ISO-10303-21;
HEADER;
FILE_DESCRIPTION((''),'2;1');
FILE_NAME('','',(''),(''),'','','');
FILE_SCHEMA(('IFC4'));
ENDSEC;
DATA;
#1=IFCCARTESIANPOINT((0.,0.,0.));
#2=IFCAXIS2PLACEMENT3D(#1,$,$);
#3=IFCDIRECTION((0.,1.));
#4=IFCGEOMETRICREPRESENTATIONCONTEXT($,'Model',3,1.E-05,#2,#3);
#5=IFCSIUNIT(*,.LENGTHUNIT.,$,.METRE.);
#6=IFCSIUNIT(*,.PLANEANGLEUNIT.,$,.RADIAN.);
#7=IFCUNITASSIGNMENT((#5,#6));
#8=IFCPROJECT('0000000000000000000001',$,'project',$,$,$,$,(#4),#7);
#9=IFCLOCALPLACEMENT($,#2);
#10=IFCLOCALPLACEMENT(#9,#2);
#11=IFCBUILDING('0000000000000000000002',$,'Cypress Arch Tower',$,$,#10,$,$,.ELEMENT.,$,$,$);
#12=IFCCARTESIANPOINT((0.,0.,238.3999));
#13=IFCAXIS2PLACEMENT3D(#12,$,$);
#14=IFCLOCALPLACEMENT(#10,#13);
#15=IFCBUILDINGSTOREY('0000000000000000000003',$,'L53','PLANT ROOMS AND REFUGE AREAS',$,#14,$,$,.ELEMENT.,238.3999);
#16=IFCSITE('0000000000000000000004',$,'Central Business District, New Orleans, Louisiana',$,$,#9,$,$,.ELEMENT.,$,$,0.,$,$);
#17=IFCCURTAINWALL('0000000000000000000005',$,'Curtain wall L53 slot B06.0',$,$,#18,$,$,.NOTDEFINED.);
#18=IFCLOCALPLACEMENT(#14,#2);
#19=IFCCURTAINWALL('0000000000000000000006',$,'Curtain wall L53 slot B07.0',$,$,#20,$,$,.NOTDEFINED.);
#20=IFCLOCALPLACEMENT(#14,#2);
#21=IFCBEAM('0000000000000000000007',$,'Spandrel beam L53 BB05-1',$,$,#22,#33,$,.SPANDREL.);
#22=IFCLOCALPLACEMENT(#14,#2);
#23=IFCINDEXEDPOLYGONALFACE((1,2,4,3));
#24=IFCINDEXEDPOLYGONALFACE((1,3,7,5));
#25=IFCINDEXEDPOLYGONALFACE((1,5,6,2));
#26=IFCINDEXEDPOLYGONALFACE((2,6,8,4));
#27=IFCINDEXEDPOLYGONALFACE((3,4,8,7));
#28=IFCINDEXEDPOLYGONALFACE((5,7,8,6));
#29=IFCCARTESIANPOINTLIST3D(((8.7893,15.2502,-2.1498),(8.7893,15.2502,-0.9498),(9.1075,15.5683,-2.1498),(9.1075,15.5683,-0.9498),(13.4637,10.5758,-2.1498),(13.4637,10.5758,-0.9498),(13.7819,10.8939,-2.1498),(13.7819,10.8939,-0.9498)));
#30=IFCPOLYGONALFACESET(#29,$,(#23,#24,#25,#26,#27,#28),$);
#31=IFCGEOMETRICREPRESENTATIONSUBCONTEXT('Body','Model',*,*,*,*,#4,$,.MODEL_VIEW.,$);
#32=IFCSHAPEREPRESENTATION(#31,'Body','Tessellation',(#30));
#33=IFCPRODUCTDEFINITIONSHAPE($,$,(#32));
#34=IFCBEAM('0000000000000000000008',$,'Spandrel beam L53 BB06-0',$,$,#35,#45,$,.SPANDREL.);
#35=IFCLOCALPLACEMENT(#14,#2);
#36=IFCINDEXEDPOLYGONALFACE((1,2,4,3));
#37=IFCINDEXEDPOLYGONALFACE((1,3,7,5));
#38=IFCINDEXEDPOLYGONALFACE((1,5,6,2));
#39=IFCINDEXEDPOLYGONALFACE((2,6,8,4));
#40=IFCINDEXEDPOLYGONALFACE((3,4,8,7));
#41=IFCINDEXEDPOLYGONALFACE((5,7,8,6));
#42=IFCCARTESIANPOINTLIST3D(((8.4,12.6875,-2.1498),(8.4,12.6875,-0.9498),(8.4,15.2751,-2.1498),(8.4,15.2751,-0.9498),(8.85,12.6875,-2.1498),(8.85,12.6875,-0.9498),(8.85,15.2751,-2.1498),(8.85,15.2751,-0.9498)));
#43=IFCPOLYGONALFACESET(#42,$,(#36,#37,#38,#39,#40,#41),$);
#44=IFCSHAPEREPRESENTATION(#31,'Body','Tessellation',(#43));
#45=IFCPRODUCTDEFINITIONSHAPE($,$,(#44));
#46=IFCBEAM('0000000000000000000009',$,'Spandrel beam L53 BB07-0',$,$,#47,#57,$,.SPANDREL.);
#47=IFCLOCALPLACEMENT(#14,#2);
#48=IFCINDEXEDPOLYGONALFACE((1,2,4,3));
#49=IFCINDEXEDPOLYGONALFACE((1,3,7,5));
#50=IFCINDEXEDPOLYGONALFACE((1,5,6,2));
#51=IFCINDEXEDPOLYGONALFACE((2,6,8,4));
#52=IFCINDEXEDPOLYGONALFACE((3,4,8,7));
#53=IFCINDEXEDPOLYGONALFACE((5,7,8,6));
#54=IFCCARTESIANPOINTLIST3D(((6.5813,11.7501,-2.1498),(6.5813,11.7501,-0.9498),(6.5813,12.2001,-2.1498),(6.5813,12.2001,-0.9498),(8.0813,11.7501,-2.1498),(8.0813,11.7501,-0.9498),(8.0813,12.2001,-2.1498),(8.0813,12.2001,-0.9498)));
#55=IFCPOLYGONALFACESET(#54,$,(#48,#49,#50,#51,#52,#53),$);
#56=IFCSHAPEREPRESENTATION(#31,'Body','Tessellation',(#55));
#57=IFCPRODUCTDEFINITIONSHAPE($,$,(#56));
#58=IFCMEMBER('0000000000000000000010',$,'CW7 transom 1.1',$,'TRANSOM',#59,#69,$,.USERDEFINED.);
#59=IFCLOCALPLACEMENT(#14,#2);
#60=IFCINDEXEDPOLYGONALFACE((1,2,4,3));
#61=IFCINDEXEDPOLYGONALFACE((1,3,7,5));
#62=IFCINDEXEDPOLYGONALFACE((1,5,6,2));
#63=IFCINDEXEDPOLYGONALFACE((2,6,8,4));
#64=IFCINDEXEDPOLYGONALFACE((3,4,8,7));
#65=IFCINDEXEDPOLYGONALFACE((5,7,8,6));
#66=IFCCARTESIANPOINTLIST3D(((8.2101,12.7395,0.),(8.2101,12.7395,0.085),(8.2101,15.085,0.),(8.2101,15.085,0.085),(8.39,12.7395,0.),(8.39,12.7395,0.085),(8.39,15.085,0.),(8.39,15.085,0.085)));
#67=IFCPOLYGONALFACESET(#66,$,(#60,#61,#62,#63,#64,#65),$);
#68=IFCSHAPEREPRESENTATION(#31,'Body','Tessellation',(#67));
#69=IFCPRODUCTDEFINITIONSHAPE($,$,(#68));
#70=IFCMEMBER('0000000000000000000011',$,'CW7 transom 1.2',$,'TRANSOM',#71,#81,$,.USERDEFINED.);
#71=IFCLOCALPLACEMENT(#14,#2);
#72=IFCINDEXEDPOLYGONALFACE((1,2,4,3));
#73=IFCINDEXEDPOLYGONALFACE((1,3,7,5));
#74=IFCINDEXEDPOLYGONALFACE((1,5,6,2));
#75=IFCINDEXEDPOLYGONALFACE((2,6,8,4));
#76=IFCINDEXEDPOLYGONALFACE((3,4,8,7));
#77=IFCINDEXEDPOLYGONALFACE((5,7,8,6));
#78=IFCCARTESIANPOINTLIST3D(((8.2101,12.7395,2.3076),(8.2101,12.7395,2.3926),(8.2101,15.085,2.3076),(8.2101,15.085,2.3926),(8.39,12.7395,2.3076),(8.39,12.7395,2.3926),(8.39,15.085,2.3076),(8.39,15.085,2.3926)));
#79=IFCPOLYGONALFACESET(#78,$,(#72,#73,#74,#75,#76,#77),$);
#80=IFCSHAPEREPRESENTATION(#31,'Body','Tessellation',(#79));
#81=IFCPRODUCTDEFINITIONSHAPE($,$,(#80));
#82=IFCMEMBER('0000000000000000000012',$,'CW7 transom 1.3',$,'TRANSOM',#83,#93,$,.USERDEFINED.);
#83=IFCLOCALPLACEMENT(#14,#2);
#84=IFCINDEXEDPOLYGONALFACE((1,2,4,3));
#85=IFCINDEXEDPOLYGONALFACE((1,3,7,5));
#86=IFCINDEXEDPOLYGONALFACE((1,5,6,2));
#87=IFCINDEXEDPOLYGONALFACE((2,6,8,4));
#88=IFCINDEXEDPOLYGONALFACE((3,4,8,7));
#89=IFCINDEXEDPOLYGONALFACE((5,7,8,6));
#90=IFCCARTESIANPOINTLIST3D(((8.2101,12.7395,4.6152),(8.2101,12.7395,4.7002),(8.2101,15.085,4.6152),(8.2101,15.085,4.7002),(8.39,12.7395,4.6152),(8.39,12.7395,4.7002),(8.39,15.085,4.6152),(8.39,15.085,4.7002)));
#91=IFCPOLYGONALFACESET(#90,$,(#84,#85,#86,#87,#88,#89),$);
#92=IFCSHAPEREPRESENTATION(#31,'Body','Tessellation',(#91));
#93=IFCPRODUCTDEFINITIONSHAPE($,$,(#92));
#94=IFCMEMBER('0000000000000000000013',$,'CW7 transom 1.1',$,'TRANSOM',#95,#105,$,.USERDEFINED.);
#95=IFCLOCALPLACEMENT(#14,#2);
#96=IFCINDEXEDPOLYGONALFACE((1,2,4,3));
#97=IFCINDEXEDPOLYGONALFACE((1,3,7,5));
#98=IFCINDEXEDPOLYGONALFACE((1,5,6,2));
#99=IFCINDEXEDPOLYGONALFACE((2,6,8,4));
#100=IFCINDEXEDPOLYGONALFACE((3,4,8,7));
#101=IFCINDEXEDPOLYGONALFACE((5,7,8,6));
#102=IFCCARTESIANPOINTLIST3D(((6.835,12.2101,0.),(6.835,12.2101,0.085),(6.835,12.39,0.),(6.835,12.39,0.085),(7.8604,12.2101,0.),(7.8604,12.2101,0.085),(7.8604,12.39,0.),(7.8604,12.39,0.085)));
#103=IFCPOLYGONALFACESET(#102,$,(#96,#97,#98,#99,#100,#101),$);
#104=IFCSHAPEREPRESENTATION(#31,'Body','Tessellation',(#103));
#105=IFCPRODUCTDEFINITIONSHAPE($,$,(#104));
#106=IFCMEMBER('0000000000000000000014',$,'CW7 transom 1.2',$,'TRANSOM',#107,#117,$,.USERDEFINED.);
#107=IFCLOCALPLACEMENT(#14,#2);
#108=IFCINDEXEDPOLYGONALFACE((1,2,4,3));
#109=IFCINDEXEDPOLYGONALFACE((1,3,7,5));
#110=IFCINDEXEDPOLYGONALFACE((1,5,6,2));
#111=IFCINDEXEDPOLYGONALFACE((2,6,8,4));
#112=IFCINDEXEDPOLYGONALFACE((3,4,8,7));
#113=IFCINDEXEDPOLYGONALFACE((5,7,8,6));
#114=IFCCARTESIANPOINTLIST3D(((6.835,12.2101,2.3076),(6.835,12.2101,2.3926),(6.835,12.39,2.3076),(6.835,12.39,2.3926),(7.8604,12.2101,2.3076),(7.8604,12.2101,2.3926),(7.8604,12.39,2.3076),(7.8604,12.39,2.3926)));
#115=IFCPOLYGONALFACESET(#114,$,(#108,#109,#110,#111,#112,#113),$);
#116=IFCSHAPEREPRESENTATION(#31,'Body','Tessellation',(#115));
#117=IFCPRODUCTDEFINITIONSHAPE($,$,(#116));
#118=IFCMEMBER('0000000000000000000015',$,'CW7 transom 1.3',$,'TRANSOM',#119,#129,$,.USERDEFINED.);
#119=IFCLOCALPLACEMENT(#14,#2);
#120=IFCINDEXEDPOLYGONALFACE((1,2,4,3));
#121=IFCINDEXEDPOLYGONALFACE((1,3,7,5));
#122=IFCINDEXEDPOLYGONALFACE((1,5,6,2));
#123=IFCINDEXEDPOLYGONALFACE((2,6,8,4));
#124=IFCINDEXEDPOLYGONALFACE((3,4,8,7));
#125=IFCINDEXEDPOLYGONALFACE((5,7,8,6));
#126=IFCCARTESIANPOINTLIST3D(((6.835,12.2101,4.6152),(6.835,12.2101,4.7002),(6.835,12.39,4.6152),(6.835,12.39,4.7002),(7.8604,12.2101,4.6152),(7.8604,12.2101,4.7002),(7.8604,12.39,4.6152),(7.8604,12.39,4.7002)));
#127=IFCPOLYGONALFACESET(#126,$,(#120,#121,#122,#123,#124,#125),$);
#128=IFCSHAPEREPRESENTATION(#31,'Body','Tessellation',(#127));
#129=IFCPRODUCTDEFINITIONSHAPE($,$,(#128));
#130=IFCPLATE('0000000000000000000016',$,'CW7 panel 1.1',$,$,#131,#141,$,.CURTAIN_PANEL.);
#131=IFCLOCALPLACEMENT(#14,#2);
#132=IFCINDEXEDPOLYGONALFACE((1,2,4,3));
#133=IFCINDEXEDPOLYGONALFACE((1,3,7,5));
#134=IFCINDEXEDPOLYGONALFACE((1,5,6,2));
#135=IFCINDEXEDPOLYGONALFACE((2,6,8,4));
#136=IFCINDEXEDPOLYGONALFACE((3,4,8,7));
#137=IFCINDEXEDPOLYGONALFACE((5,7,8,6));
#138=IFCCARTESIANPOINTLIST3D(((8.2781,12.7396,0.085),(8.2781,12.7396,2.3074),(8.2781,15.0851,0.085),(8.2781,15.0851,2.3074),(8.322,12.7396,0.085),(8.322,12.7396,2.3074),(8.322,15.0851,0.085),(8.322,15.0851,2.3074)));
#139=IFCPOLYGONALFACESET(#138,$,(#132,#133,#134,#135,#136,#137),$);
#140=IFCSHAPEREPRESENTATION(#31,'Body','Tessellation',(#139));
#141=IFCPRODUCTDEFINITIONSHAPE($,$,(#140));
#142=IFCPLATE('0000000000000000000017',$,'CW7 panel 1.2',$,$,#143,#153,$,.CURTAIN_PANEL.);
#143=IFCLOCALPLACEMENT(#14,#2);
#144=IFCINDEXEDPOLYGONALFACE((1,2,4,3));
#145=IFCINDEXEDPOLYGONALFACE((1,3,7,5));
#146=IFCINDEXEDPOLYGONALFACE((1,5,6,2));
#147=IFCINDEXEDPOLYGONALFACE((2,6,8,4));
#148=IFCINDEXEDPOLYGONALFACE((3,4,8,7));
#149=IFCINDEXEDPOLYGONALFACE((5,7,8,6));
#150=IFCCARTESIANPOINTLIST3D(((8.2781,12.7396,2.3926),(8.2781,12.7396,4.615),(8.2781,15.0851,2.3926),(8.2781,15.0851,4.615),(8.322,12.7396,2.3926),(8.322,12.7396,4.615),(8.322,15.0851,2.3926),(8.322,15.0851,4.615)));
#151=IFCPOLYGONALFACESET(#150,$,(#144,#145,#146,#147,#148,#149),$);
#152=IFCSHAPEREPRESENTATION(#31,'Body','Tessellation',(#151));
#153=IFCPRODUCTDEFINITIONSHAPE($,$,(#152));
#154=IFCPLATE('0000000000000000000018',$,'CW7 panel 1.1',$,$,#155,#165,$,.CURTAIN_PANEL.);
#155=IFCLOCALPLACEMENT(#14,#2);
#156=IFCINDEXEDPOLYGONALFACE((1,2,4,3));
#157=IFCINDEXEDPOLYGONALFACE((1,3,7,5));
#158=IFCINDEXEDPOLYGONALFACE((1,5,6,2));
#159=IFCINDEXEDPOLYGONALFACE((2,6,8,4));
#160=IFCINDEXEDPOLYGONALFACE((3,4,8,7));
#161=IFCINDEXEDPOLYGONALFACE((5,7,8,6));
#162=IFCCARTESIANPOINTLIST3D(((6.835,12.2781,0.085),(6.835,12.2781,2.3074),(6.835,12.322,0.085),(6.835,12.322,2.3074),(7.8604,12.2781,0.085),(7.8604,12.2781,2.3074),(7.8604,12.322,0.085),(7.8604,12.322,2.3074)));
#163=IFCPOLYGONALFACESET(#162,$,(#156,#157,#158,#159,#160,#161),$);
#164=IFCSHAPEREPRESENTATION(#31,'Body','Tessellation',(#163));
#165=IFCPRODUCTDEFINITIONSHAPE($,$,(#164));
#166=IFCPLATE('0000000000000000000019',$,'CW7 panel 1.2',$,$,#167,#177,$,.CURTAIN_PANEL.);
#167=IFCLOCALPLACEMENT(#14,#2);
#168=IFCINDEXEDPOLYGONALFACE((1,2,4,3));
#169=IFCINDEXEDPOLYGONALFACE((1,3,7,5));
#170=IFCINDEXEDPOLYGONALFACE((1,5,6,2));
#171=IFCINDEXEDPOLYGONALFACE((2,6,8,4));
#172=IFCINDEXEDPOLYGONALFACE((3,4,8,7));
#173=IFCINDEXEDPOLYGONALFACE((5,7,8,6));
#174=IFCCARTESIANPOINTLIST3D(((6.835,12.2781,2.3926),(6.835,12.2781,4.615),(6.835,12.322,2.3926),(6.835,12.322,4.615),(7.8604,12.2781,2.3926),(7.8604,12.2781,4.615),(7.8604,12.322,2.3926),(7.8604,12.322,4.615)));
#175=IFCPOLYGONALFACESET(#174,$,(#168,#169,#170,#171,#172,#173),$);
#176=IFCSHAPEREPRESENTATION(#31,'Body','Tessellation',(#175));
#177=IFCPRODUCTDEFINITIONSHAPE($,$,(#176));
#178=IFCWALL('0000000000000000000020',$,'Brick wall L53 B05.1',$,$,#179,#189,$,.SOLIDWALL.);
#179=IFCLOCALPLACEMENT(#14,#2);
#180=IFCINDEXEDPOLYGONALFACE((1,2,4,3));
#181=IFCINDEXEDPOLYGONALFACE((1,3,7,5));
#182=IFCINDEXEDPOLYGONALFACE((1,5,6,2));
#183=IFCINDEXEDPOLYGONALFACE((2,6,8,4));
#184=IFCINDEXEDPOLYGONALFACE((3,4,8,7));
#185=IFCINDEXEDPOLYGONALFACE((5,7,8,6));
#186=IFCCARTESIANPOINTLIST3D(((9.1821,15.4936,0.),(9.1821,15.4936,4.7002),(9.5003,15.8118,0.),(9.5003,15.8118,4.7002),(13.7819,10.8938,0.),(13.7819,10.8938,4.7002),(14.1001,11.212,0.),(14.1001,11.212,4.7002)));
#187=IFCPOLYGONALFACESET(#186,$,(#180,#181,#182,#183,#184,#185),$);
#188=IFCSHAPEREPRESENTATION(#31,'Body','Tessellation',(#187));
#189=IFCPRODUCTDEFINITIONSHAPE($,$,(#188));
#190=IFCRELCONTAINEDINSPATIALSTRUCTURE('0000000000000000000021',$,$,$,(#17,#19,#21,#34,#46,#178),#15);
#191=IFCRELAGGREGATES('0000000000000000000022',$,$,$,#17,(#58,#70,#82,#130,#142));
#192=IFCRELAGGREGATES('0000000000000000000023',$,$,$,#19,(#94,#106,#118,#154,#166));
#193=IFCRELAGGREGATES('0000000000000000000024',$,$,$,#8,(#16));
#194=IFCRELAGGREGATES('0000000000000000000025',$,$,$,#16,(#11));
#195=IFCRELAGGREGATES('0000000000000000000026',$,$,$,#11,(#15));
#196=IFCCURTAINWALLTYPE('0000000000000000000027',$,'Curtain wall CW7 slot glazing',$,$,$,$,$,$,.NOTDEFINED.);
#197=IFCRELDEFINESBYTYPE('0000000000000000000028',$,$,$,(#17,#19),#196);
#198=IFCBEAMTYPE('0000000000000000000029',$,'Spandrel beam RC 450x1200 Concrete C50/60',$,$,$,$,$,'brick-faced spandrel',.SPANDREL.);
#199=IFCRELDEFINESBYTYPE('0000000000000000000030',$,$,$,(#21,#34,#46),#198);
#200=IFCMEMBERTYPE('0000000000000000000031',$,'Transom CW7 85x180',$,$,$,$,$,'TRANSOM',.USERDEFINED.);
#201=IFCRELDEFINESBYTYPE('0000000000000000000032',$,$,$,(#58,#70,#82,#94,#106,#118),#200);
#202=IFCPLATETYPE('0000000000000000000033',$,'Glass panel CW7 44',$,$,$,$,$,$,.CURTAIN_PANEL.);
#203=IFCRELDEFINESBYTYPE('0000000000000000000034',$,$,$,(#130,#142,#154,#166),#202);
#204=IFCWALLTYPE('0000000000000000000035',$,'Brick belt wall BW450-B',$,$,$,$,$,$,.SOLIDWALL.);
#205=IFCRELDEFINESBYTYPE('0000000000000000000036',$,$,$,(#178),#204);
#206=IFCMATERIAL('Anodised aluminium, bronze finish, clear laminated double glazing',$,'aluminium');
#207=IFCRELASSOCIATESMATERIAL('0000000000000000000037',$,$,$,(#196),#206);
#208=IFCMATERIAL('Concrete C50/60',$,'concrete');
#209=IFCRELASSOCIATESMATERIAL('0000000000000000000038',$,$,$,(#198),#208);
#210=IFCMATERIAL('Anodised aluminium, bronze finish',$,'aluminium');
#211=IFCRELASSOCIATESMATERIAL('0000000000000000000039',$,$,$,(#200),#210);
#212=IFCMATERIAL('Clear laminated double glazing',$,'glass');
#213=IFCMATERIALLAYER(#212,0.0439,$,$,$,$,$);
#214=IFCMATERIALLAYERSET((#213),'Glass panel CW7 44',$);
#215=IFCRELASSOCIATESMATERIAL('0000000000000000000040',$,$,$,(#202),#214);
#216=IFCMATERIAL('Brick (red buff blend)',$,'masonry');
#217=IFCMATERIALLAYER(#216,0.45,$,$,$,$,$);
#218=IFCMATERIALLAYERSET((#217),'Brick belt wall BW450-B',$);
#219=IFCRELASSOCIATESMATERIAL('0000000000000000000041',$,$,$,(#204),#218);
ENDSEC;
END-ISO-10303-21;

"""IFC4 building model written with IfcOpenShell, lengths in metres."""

from ifc_helpers import new_model, si_unit, direction, frame, frame_2d, origin, origin_2d, place, context, subcontext, project, spatial, rectangle, extrude, material, layer, layer_set, material_profile, profile_set, type_object, element, aggregate, save


model = new_model("IFC4")

# Units and contexts
model_context = context("Model", 3, precision=1e-05, world=origin(), true_north=direction((0.0, 1.0)))
body_context = subcontext(model_context, "Body", "Model", "MODEL_VIEW")
ifc_project = project(units=[si_unit("LENGTHUNIT", "METRE"), si_unit("PLANEANGLEUNIT", "RADIAN")], contexts=[model_context])

# Site, building, storey
site_placement = place(None, origin())
site = spatial("IfcSite", under=ifc_project, at=site_placement, Name="Central Business District, New Orleans, Louisiana", CompositionType="ELEMENT", RefElevation=0.0)
building_placement = place(site_placement, origin())
building = spatial("IfcBuilding", under=site, at=building_placement, Name="Cypress Arch Tower", CompositionType="ELEMENT")
storey_placement = place(building_placement, frame((0.0, 0.0, 238.3999)))
storey = spatial("IfcBuildingStorey", under=building, at=storey_placement, Name="L53", Description="PLANT ROOMS AND REFUGE AREAS", CompositionType="ELEMENT", Elevation=238.3999)

# Curtain walls
ifc_material_1 = material(Name="Anodised aluminium, bronze finish, clear laminated double glazing", Category="aluminium")
curtain_wall_type = type_object("IfcCurtainWallType", Name="Curtain wall CW7 slot glazing", PredefinedType="NOTDEFINED", material=ifc_material_1)
curtain_wall_1_placement = place(storey_placement, origin())
curtain_wall_1 = element("IfcCurtainWall", 1, at=curtain_wall_1_placement, inside=storey, type_object=curtain_wall_type, Name="Curtain wall L53 slot B06.0", PredefinedType="NOTDEFINED")
curtain_wall_2_placement = place(storey_placement, origin())
curtain_wall_2 = element("IfcCurtainWall", 2, at=curtain_wall_2_placement, inside=storey, type_object=curtain_wall_type, Name="Curtain wall L53 slot B07.0", PredefinedType="NOTDEFINED")

# Beams
ifc_material_2 = material(Name="Concrete C50/60", Category="concrete")
ifc_material_profile_1 = material_profile(ifc_material_2, rectangle(XDim=0.45, YDim=1.2, at=origin_2d()), Name="RC 450x1200")
ifc_profile_set_1 = profile_set([ifc_material_profile_1], Name="Concrete C50/60")
beam_type_1 = type_object("IfcBeamType", Name="Spandrel beam RC 450x1200 Concrete C50/60", ElementType="brick-faced spandrel", PredefinedType="SPANDREL", material=ifc_profile_set_1)
beam_1_placement = place(storey_placement, frame((13.6228, 10.7349, -1.5498), z_axis=(-0.707107, 0.707107, 0.0), x_axis=(-0.707107, -0.707107, 0.0)))
element("IfcBeam", 3, at=beam_1_placement, inside=storey, type_object=beam_type_1, Name="Spandrel beam L53 BB05-1", PredefinedType="SPANDREL", context=body_context, shape_type="SweptSolid", body=[
    extrude(rectangle(XDim=0.45, YDim=1.2, at=origin_2d()), origin(), (0.0, 0.0, 1.0), 6.6106),
])
beam_2_placement = place(storey_placement, frame((8.625, 15.2751, -1.5498), z_axis=(0.0, -1.0, 0.0), x_axis=(1.0, 0.0, 0.0)))
element("IfcBeam", 4, at=beam_2_placement, inside=storey, type_object=beam_type_1, Name="Spandrel beam L53 BB06-0", PredefinedType="SPANDREL", context=body_context, shape_type="SweptSolid", body=[
    extrude(rectangle(XDim=0.45, YDim=1.2, at=origin_2d()), origin(), (0.0, 0.0, 1.0), 2.5876),
])
beam_3_placement = place(storey_placement, frame((8.0813, 11.9751, -1.5498), z_axis=(-1.0, 0.0, 0.0), x_axis=(0.0, -1.0, 0.0)))
element("IfcBeam", 5, at=beam_3_placement, inside=storey, type_object=beam_type_1, Name="Spandrel beam L53 BB07-0", PredefinedType="SPANDREL", context=body_context, shape_type="SweptSolid", body=[
    extrude(rectangle(XDim=0.45, YDim=1.2, at=origin_2d()), origin(), (0.0, 0.0, 1.0), 1.5),
])

# Members
ifc_material_3 = material(Name="Anodised aluminium, bronze finish", Category="aluminium")
ifc_material_profile_2 = material_profile(ifc_material_3, rectangle(XDim=0.1799, YDim=0.085, at=origin_2d()), Name="Transom 85x180")
ifc_profile_set_2 = profile_set([ifc_material_profile_2], Name="Anodised aluminium, bronze finish")
member_type_1 = type_object("IfcMemberType", Name="Transom CW7 85x180", ElementType="TRANSOM", PredefinedType="USERDEFINED", material=ifc_profile_set_2)
member_1_placement = place(storey_placement, frame((8.3, 15.085, 0.0425), z_axis=(0.0, -1.0, 0.0), x_axis=(1.0, 0.0, 0.0)))
member_1 = element("IfcMember", 6, at=member_1_placement, type_object=member_type_1, Name="CW7 transom 1.1", ObjectType="TRANSOM", PredefinedType="USERDEFINED", context=body_context, shape_type="SweptSolid", body=[
    extrude(rectangle(XDim=0.1799, YDim=0.085, at=origin_2d()), origin(), (0.0, 0.0, 1.0), 2.3455),
])
member_2_placement = place(storey_placement, frame((8.3, 15.085, 2.3501), z_axis=(0.0, -1.0, 0.0), x_axis=(1.0, 0.0, 0.0)))
member_2 = element("IfcMember", 7, at=member_2_placement, type_object=member_type_1, Name="CW7 transom 1.2", ObjectType="TRANSOM", PredefinedType="USERDEFINED", context=body_context, shape_type="SweptSolid", body=[
    extrude(rectangle(XDim=0.1799, YDim=0.085, at=origin_2d()), origin(), (0.0, 0.0, 1.0), 2.3455),
])
member_3_placement = place(storey_placement, frame((8.3, 15.085, 4.6577), z_axis=(0.0, -1.0, 0.0), x_axis=(1.0, 0.0, 0.0)))
member_3 = element("IfcMember", 8, at=member_3_placement, type_object=member_type_1, Name="CW7 transom 1.3", ObjectType="TRANSOM", PredefinedType="USERDEFINED", context=body_context, shape_type="SweptSolid", body=[
    extrude(rectangle(XDim=0.1799, YDim=0.085, at=origin_2d()), origin(), (0.0, 0.0, 1.0), 2.3455),
])
member_4_placement = place(storey_placement, frame((7.8604, 12.3, 0.0425), z_axis=(-1.0, 0.0, 0.0), x_axis=(0.0, -1.0, 0.0)))
member_4 = element("IfcMember", 9, at=member_4_placement, type_object=member_type_1, Name="CW7 transom 1.1", ObjectType="TRANSOM", PredefinedType="USERDEFINED", context=body_context, shape_type="SweptSolid", body=[
    extrude(rectangle(XDim=0.1799, YDim=0.085, at=origin_2d()), origin(), (0.0, 0.0, 1.0), 1.0254),
])
member_5_placement = place(storey_placement, frame((7.8604, 12.3, 2.3501), z_axis=(-1.0, 0.0, 0.0), x_axis=(0.0, -1.0, 0.0)))
member_5 = element("IfcMember", 10, at=member_5_placement, type_object=member_type_1, Name="CW7 transom 1.2", ObjectType="TRANSOM", PredefinedType="USERDEFINED", context=body_context, shape_type="SweptSolid", body=[
    extrude(rectangle(XDim=0.1799, YDim=0.085, at=origin_2d()), origin(), (0.0, 0.0, 1.0), 1.0254),
])
member_6_placement = place(storey_placement, frame((7.8604, 12.3, 4.6577), z_axis=(-1.0, 0.0, 0.0), x_axis=(0.0, -1.0, 0.0)))
member_6 = element("IfcMember", 11, at=member_6_placement, type_object=member_type_1, Name="CW7 transom 1.3", ObjectType="TRANSOM", PredefinedType="USERDEFINED", context=body_context, shape_type="SweptSolid", body=[
    extrude(rectangle(XDim=0.1799, YDim=0.085, at=origin_2d()), origin(), (0.0, 0.0, 1.0), 1.0254),
])

# Plates
ifc_material_4 = material(Name="Clear laminated double glazing", Category="glass")
ifc_layer_1 = layer(ifc_material_4, 0.0439)
ifc_layer_set_1 = layer_set([ifc_layer_1], Name="Glass panel CW7 44")
plate_type = type_object("IfcPlateType", Name="Glass panel CW7 44", PredefinedType="CURTAIN_PANEL", material=ifc_layer_set_1)
plate_1_placement = place(storey_placement, frame((8.3, 13.9124, 0.085), z_axis=(0.0, 0.0, 1.0), x_axis=(0.0, -1.0, 0.0)))
plate_1 = element("IfcPlate", 12, at=plate_1_placement, type_object=plate_type, Name="CW7 panel 1.1", PredefinedType="CURTAIN_PANEL", context=body_context, shape_type="SweptSolid", body=[
    extrude(rectangle(XDim=2.3455, YDim=0.0439, at=origin_2d()), origin(), (0.0, 0.0, 1.0), 2.2224),
])
plate_2_placement = place(storey_placement, frame((8.3, 13.9124, 2.3926), z_axis=(0.0, 0.0, 1.0), x_axis=(0.0, -1.0, 0.0)))
plate_2 = element("IfcPlate", 13, at=plate_2_placement, type_object=plate_type, Name="CW7 panel 1.2", PredefinedType="CURTAIN_PANEL", context=body_context, shape_type="SweptSolid", body=[
    extrude(rectangle(XDim=2.3455, YDim=0.0439, at=origin_2d()), origin(), (0.0, 0.0, 1.0), 2.2224),
])
aggregate(curtain_wall_1, [member_1, member_2, member_3, plate_1, plate_2])
plate_3_placement = place(storey_placement, frame((7.3477, 12.3, 0.085), z_axis=(0.0, 0.0, 1.0), x_axis=(-1.0, 0.0, 0.0)))
plate_3 = element("IfcPlate", 14, at=plate_3_placement, type_object=plate_type, Name="CW7 panel 1.1", PredefinedType="CURTAIN_PANEL", context=body_context, shape_type="SweptSolid", body=[
    extrude(rectangle(XDim=1.0254, YDim=0.0439, at=origin_2d()), origin(), (0.0, 0.0, 1.0), 2.2224),
])
plate_4_placement = place(storey_placement, frame((7.3477, 12.3, 2.3926), z_axis=(0.0, 0.0, 1.0), x_axis=(-1.0, 0.0, 0.0)))
plate_4 = element("IfcPlate", 15, at=plate_4_placement, type_object=plate_type, Name="CW7 panel 1.2", PredefinedType="CURTAIN_PANEL", context=body_context, shape_type="SweptSolid", body=[
    extrude(rectangle(XDim=1.0254, YDim=0.0439, at=origin_2d()), origin(), (0.0, 0.0, 1.0), 2.2224),
])
aggregate(curtain_wall_2, [member_4, member_5, member_6, plate_3, plate_4])

# Wall
ifc_material_5 = material(Name="Brick (red buff blend)", Category="masonry")
ifc_layer_2 = layer(ifc_material_5, 0.45)
ifc_layer_set_2 = layer_set([ifc_layer_2], Name="Brick belt wall BW450-B")
wall_type_1 = type_object("IfcWallType", Name="Brick belt wall BW450-B", PredefinedType="SOLIDWALL", material=ifc_layer_set_2)
wall_1_placement = place(storey_placement, frame((13.9409, 11.053, 0.0), z_axis=(0.0, 0.0, 1.0), x_axis=(-0.707107, 0.707107, 0.0)))
element("IfcWall", 16, at=wall_1_placement, inside=storey, type_object=wall_type_1, Name="Brick wall L53 B05.1", PredefinedType="SOLIDWALL", context=body_context, shape_type="SweptSolid", body=[
    extrude(rectangle(XDim=6.5051, YDim=0.45, at=frame_2d((3.2524, 0.0))), origin(), (0.0, 0.0, 1.0), 4.7002),
])

save(model, "model.ifc")
